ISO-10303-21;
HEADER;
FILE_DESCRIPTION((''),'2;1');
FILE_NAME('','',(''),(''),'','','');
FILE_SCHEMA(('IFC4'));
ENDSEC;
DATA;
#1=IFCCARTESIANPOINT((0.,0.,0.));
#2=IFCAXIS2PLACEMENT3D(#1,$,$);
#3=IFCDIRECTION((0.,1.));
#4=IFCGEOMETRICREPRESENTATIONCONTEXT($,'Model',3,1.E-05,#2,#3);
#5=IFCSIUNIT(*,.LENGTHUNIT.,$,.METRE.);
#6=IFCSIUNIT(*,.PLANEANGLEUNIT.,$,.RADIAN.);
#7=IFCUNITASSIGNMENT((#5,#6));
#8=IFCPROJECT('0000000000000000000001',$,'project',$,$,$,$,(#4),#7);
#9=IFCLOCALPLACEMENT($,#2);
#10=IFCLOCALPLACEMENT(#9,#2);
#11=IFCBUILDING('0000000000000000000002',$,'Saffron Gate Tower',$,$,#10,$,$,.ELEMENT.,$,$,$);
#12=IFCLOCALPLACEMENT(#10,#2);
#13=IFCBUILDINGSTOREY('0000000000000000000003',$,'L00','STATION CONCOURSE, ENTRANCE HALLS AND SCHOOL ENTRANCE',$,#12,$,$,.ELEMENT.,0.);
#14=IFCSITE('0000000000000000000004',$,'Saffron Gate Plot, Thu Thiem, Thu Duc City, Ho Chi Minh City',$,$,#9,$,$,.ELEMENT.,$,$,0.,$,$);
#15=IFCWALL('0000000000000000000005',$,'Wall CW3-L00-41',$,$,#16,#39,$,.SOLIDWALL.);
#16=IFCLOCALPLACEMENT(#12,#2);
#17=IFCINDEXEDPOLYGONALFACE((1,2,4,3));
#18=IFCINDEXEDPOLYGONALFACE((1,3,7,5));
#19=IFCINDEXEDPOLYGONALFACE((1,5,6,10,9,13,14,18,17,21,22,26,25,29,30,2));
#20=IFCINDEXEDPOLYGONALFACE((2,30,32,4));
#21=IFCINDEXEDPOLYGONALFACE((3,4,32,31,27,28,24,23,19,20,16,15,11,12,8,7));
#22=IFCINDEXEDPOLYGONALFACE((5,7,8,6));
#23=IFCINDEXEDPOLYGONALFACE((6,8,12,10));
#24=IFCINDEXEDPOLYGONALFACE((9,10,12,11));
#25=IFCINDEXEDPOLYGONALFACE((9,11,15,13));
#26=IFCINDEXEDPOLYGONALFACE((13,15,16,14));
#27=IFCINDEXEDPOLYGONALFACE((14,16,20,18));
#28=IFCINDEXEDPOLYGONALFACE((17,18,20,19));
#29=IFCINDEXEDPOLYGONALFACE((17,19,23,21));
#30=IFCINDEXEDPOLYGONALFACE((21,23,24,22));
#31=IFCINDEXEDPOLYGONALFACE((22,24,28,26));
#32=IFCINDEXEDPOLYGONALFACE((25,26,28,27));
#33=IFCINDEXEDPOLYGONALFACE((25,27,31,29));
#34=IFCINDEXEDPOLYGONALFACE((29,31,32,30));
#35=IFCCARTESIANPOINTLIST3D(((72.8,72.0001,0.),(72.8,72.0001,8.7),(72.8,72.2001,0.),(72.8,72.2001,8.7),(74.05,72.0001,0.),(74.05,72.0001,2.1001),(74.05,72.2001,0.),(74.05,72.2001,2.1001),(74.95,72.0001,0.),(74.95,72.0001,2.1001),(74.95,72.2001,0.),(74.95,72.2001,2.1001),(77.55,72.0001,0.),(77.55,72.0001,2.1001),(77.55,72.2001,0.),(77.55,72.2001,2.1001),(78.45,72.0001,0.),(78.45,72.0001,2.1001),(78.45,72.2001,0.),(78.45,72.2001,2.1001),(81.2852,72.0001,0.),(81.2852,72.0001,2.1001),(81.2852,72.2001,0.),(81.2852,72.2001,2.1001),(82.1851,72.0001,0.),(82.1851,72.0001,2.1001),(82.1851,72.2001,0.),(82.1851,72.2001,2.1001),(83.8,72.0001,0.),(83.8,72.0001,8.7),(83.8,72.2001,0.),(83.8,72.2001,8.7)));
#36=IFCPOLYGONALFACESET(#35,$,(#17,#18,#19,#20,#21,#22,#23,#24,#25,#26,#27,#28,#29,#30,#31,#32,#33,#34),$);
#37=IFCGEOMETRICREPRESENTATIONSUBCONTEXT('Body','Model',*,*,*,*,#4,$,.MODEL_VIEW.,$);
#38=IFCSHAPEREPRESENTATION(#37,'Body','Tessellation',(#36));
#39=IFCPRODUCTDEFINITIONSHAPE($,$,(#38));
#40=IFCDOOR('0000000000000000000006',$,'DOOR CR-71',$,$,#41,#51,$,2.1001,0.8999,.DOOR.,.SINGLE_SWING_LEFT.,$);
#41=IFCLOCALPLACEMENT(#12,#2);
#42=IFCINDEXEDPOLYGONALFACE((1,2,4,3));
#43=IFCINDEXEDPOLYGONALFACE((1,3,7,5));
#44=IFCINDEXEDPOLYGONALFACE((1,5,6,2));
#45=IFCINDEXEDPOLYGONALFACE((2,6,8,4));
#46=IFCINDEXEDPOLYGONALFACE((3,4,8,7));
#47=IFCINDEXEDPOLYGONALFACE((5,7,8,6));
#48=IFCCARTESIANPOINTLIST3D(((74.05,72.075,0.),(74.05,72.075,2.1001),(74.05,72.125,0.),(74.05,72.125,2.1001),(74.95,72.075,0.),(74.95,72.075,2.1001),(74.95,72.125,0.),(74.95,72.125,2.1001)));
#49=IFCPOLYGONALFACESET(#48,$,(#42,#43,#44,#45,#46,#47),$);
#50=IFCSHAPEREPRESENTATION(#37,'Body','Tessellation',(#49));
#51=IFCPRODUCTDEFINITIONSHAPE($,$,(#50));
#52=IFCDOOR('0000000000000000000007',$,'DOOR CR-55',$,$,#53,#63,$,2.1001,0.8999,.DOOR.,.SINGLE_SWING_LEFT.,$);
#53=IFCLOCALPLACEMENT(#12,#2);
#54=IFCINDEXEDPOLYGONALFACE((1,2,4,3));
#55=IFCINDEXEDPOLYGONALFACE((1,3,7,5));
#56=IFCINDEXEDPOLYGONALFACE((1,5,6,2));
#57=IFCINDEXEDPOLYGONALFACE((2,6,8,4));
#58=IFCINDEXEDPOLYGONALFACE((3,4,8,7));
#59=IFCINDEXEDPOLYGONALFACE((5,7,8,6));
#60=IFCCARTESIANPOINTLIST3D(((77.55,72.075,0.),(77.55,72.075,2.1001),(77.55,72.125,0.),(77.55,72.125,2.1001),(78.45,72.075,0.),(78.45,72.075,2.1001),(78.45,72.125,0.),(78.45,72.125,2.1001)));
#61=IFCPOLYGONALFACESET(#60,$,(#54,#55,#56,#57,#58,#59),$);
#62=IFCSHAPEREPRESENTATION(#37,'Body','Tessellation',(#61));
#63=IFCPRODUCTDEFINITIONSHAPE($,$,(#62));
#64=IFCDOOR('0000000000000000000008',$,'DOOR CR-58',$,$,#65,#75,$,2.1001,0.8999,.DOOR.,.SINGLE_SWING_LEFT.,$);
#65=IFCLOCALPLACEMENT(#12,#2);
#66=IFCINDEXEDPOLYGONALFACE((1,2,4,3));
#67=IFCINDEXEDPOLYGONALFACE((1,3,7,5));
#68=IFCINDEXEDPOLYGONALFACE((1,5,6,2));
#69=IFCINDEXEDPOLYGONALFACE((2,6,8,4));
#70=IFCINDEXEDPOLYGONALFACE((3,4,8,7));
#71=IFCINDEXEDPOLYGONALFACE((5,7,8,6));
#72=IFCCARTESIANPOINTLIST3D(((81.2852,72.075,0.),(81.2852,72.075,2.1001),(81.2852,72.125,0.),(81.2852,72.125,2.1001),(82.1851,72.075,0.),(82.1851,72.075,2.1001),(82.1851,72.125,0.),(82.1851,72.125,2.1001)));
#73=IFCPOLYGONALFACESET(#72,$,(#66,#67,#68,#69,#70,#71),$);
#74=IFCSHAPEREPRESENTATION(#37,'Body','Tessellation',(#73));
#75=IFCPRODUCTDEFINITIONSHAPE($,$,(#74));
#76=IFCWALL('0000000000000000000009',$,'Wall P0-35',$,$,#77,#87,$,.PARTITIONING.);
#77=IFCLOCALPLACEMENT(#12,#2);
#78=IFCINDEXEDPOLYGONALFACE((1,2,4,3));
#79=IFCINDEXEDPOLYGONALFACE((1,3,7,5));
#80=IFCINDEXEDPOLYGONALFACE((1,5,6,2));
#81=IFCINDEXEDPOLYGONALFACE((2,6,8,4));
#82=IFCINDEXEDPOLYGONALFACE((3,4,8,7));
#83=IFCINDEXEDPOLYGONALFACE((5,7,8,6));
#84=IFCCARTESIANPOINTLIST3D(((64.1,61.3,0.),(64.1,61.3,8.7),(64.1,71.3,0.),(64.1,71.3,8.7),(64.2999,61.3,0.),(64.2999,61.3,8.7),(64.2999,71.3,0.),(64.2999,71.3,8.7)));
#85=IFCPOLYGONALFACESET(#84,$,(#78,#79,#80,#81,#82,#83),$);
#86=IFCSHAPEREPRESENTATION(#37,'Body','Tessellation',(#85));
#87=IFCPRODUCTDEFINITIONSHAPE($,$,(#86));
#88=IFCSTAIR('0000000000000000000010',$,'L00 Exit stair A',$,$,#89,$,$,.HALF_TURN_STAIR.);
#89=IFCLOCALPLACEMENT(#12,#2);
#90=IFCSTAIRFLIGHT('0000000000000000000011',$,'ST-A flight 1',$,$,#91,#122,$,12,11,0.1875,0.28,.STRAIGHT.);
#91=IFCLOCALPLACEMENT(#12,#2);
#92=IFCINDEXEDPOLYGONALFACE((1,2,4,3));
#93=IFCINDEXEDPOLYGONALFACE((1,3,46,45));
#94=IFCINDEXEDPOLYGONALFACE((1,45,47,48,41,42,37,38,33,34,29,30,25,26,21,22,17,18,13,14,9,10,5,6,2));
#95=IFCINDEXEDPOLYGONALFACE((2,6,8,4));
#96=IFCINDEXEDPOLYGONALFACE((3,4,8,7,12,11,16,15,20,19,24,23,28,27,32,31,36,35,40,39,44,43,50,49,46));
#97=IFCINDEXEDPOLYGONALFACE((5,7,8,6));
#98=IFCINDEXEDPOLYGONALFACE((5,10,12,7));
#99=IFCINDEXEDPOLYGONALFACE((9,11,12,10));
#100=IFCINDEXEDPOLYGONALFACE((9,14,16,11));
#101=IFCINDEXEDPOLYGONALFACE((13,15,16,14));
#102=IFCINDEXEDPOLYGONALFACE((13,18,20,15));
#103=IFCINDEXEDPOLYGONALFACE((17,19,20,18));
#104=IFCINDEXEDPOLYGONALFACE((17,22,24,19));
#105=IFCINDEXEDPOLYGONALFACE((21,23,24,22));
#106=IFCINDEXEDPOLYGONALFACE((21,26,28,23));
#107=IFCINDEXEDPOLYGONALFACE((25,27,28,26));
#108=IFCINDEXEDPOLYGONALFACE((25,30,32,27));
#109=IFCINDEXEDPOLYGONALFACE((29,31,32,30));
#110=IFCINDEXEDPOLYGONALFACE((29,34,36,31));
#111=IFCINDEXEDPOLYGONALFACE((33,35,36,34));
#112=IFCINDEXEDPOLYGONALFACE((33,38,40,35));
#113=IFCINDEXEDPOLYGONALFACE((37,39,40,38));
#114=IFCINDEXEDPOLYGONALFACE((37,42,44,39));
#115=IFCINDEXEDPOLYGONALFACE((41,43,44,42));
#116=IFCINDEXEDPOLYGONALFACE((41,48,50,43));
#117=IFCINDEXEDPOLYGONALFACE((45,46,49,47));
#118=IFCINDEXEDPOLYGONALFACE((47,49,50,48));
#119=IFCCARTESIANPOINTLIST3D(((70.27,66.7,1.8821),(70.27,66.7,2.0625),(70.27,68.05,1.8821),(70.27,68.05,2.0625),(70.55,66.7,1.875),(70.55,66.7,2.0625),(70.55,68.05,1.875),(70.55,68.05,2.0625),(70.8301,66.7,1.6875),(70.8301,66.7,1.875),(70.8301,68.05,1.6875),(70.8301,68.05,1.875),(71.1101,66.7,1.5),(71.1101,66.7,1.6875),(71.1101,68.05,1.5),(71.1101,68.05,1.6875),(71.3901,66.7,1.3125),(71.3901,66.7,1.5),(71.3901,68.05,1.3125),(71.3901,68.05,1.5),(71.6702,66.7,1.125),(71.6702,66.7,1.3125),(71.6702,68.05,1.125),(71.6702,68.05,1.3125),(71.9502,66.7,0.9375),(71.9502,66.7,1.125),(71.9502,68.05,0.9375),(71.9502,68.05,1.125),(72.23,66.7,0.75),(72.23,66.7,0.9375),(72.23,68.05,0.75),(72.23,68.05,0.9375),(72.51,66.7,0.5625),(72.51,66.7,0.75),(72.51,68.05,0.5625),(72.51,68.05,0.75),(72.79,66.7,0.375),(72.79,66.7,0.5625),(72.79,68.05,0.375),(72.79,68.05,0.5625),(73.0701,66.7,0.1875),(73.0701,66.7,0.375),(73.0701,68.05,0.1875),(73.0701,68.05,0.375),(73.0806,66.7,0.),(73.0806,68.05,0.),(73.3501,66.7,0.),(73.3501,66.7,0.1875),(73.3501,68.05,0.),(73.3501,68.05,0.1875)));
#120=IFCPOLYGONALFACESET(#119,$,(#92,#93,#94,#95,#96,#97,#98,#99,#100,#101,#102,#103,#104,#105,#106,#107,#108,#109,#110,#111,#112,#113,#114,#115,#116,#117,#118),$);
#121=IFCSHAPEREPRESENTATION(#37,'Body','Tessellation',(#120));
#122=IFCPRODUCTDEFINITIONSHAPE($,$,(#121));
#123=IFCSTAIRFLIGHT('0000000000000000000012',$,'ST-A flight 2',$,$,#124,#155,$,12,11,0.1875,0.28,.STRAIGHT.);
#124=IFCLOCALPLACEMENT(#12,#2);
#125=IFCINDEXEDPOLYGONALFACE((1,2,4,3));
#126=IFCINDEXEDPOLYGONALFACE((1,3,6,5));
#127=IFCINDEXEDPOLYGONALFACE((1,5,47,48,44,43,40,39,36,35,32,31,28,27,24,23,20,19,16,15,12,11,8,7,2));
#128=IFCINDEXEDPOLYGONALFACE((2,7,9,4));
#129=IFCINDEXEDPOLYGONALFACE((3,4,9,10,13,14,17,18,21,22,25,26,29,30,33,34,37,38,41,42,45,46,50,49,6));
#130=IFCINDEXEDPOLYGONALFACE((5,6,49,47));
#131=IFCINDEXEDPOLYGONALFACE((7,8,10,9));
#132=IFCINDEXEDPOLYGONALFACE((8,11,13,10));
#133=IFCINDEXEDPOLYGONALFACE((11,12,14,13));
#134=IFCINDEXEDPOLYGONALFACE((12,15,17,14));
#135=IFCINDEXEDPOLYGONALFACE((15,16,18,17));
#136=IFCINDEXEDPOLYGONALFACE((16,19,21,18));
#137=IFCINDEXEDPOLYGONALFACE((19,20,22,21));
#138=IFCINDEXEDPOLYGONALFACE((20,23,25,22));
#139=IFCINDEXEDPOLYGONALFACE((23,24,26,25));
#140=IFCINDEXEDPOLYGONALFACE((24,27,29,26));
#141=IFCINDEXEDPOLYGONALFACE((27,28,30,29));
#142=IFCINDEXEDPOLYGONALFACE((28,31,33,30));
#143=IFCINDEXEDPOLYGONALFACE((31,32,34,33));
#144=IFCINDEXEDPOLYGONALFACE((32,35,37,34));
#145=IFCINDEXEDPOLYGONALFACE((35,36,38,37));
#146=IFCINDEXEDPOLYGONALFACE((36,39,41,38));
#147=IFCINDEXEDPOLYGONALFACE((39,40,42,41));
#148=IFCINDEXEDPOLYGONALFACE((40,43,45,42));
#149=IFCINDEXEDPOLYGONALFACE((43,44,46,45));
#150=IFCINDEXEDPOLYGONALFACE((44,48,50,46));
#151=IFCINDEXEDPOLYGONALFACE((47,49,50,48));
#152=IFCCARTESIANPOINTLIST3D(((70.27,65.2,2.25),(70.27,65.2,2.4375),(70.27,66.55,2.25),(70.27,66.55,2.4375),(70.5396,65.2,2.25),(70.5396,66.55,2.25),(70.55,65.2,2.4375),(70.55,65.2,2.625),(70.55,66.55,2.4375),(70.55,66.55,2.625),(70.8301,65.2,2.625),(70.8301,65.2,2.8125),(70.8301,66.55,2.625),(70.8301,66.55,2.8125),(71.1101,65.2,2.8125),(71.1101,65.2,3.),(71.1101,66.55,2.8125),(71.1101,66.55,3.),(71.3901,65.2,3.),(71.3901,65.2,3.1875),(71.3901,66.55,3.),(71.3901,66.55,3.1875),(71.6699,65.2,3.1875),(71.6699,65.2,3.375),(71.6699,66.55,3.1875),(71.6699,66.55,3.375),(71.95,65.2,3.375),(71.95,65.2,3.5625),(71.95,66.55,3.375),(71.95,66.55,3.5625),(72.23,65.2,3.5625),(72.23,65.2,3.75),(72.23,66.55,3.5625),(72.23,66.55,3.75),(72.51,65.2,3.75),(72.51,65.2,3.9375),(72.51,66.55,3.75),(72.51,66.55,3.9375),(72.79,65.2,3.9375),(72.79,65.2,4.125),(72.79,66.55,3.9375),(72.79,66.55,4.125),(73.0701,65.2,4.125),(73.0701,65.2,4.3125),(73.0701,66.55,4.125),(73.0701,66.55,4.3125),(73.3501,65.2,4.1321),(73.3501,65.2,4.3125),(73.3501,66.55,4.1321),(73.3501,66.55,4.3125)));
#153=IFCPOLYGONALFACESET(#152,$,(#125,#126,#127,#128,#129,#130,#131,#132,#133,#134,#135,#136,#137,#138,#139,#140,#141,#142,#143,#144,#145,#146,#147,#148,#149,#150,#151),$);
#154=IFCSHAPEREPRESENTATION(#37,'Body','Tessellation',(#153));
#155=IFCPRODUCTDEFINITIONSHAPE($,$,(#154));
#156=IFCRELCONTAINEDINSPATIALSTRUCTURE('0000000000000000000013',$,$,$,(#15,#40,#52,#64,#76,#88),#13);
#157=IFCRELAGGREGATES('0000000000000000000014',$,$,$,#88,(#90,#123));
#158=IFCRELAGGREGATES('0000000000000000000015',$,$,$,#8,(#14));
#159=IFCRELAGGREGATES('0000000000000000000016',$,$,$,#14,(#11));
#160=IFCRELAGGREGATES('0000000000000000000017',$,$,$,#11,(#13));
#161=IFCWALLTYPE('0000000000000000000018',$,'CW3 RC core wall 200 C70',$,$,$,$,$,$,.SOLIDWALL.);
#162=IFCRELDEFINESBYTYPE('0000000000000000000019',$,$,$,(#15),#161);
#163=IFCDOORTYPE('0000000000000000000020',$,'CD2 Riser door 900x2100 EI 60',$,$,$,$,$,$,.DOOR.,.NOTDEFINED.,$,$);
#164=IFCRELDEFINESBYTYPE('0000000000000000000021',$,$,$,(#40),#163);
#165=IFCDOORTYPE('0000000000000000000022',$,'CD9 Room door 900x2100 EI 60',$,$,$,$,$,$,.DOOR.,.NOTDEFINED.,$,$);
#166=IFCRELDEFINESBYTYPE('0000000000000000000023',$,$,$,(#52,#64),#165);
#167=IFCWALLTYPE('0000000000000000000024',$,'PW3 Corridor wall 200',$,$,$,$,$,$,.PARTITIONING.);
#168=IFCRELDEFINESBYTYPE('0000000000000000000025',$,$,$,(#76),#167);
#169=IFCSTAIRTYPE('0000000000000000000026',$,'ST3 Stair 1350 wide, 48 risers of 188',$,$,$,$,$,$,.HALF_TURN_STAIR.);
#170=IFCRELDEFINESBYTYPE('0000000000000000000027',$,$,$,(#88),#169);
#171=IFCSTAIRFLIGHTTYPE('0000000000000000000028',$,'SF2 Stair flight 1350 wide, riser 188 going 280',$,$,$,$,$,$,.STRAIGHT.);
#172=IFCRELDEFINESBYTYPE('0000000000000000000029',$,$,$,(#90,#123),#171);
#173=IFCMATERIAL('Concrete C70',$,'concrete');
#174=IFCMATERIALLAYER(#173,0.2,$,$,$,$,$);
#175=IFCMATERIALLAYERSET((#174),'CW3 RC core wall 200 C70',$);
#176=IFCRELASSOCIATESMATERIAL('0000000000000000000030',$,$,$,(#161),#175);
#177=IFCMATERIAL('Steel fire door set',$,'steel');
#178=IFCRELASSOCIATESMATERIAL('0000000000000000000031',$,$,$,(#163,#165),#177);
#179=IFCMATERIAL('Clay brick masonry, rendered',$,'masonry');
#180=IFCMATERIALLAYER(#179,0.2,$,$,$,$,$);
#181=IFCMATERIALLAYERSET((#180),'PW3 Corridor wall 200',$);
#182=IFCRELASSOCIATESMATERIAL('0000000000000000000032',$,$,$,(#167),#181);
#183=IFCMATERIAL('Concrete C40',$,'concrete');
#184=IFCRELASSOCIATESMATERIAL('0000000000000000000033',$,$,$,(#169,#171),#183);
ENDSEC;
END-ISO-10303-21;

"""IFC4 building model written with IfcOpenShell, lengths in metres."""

from ifc_helpers import new_model, si_unit, direction, frame, frame_2d, origin, place, context, subcontext, project, spatial, polyline, rectangle, outline, extrude, material, layer, layer_set, type_object, element, fill, aggregate, save


model = new_model("IFC4")

# Units and contexts
model_context = context("Model", 3, precision=1e-05, world=origin(), true_north=direction((0.0, 1.0)))
body_context = subcontext(model_context, "Body", "Model", "MODEL_VIEW")
ifc_project = project(units=[si_unit("LENGTHUNIT", "METRE"), si_unit("PLANEANGLEUNIT", "RADIAN")], contexts=[model_context])

# Site, building, storey
site_placement = place(None, origin())
site = spatial("IfcSite", under=ifc_project, at=site_placement, Name="Saffron Gate Plot, Thu Thiem, Thu Duc City, Ho Chi Minh City", CompositionType="ELEMENT", RefElevation=0.0)
building_placement = place(site_placement, origin())
building = spatial("IfcBuilding", under=site, at=building_placement, Name="Saffron Gate Tower", CompositionType="ELEMENT")
storey_placement = place(building_placement, origin())
storey = spatial("IfcBuildingStorey", under=building, at=storey_placement, Name="L00", Description="STATION CONCOURSE, ENTRANCE HALLS AND SCHOOL ENTRANCE", CompositionType="ELEMENT", Elevation=0.0)

# Shared definitions
ifc_material_1 = material(Name="Concrete C70", Category="concrete")
ifc_material_2 = material(Name="Steel fire door set", Category="steel")
ifc_layer_1 = layer(ifc_material_1, 0.2)
ifc_layer_set_1 = layer_set([ifc_layer_1], Name="CW3 RC core wall 200 C70")
wall_type_1 = type_object("IfcWallType", Name="CW3 RC core wall 200 C70", PredefinedType="SOLIDWALL", material=ifc_layer_set_1)

# Wall, openings, doors
wall_1_placement = place(storey_placement, frame((72.8, 72.1001, 0.0), z_axis=(0.0, 0.0, 1.0), x_axis=(1.0, 0.0, 0.0)))
wall_1 = element("IfcWall", 1, at=wall_1_placement, inside=storey, type_object=wall_type_1, Name="Wall CW3-L00-41", PredefinedType="SOLIDWALL", context=body_context, shape_type="SweptSolid", body=[
    extrude(rectangle(XDim=11.0, YDim=0.2, at=frame_2d((5.5, 0.0))), origin(), (0.0, 0.0, 1.0), 8.7),
])
opening_1_placement = place(wall_1_placement, frame((1.25, 0.0, 0.0)))
opening_1 = element("IfcOpeningElement", 2, at=opening_1_placement, cuts=wall_1, PredefinedType="OPENING", context=body_context, shape_type="SweptSolid", body=[
    extrude(rectangle(XDim=0.8999, YDim=2.1001, at=frame_2d((0.45, 1.05))), frame((0.0, 0.1099, 0.0), z_axis=(0.0, -1.0, 0.0), x_axis=(1.0, 0.0, 0.0)), (0.0, 0.0, 1.0), 0.22),
])
opening_2_placement = place(wall_1_placement, frame((4.75, 0.0, 0.0)))
opening_2 = element("IfcOpeningElement", 3, at=opening_2_placement, cuts=wall_1, PredefinedType="OPENING", context=body_context, shape_type="SweptSolid", body=[
    extrude(rectangle(XDim=0.8999, YDim=2.1001, at=frame_2d((0.45, 1.05))), frame((0.0, 0.1099, 0.0), z_axis=(0.0, -1.0, 0.0), x_axis=(1.0, 0.0, 0.0)), (0.0, 0.0, 1.0), 0.22),
])
opening_3_placement = place(wall_1_placement, frame((8.4851, 0.0, 0.0)))
opening_3 = element("IfcOpeningElement", 4, at=opening_3_placement, cuts=wall_1, PredefinedType="OPENING", context=body_context, shape_type="SweptSolid", body=[
    extrude(rectangle(XDim=0.8999, YDim=2.1001, at=frame_2d((0.45, 1.05))), frame((0.0, 0.1099, 0.0), z_axis=(0.0, -1.0, 0.0), x_axis=(1.0, 0.0, 0.0)), (0.0, 0.0, 1.0), 0.22),
])
door_type_1 = type_object("IfcDoorType", Name="CD2 Riser door 900x2100 EI 60", OperationType="NOTDEFINED", PredefinedType="DOOR", material=ifc_material_2)
door_1_placement = place(opening_1_placement, origin())
door_1 = element("IfcDoor", 5, at=door_1_placement, inside=storey, type_object=door_type_1, Name="DOOR CR-71", OperationType="SINGLE_SWING_LEFT", OverallHeight=2.1001, OverallWidth=0.8999, PredefinedType="DOOR", context=body_context, shape_type="SweptSolid", body=[
    extrude(rectangle(XDim=0.8999, YDim=2.1001, at=frame_2d((0.45, 1.05))), frame((0.0, 0.0249, 0.0), z_axis=(0.0, -1.0, 0.0), x_axis=(1.0, 0.0, 0.0)), (0.0, 0.0, 1.0), 0.05),
])
fill(opening_1, door_1)
door_type_2 = type_object("IfcDoorType", Name="CD9 Room door 900x2100 EI 60", OperationType="NOTDEFINED", PredefinedType="DOOR", material=ifc_material_2)
door_2_placement = place(opening_2_placement, origin())
door_2 = element("IfcDoor", 6, at=door_2_placement, inside=storey, type_object=door_type_2, Name="DOOR CR-55", OperationType="SINGLE_SWING_LEFT", OverallHeight=2.1001, OverallWidth=0.8999, PredefinedType="DOOR", context=body_context, shape_type="SweptSolid", body=[
    extrude(rectangle(XDim=0.8999, YDim=2.1001, at=frame_2d((0.45, 1.05))), frame((0.0, 0.0249, 0.0), z_axis=(0.0, -1.0, 0.0), x_axis=(1.0, 0.0, 0.0)), (0.0, 0.0, 1.0), 0.05),
])
fill(opening_2, door_2)
door_3_placement = place(opening_3_placement, origin())
door_3 = element("IfcDoor", 7, at=door_3_placement, inside=storey, type_object=door_type_2, Name="DOOR CR-58", OperationType="SINGLE_SWING_LEFT", OverallHeight=2.1001, OverallWidth=0.8999, PredefinedType="DOOR", context=body_context, shape_type="SweptSolid", body=[
    extrude(rectangle(XDim=0.8999, YDim=2.1001, at=frame_2d((0.45, 1.05))), frame((0.0, 0.0249, 0.0), z_axis=(0.0, -1.0, 0.0), x_axis=(1.0, 0.0, 0.0)), (0.0, 0.0, 1.0), 0.05),
])
fill(opening_3, door_3)

# Wall
ifc_material_3 = material(Name="Clay brick masonry, rendered", Category="masonry")
ifc_layer_2 = layer(ifc_material_3, 0.2)
ifc_layer_set_2 = layer_set([ifc_layer_2], Name="PW3 Corridor wall 200")
wall_type_2 = type_object("IfcWallType", Name="PW3 Corridor wall 200", PredefinedType="PARTITIONING", material=ifc_layer_set_2)
wall_2_placement = place(storey_placement, frame((64.2, 71.3, 0.0), z_axis=(0.0, 0.0, 1.0), x_axis=(0.0, -1.0, 0.0)))
element("IfcWall", 8, at=wall_2_placement, inside=storey, type_object=wall_type_2, Name="Wall P0-35", PredefinedType="PARTITIONING", context=body_context, shape_type="SweptSolid", body=[
    extrude(rectangle(XDim=10.0, YDim=0.2, at=frame_2d((5.0, 0.0))), origin(), (0.0, 0.0, 1.0), 8.7),
])

# Stair, stair flights
ifc_material_4 = material(Name="Concrete C40", Category="concrete")
stair_type = type_object("IfcStairType", Name="ST3 Stair 1350 wide, 48 risers of 188", PredefinedType="HALF_TURN_STAIR", material=ifc_material_4)
stair_placement = place(storey_placement, origin())
stair = element("IfcStair", 9, at=stair_placement, inside=storey, type_object=stair_type, Name="L00 Exit stair A", PredefinedType="HALF_TURN_STAIR")
stair_flight_type = type_object("IfcStairFlightType", Name="SF2 Stair flight 1350 wide, riser 188 going 280", PredefinedType="STRAIGHT", material=ifc_material_4)
stair_flight_1_placement = place(storey_placement, frame((73.3501, 67.375, 0.0), z_axis=(0.0, 0.0, 1.0), x_axis=(-1.0, 0.0, 0.0)))
stair_flight_1 = element("IfcStairFlight", 10, at=stair_flight_1_placement, type_object=stair_flight_type, Name="ST-A flight 1", NumberOfRisers=12, NumberOfTreads=11, PredefinedType="STRAIGHT", RiserHeight=0.1875, TreadLength=0.28, context=body_context, shape_type="SweptSolid", body=[
    extrude(outline(polyline([(0.0, 0.0), (0.0, 0.1875), (0.28, 0.1875), (0.28, 0.375), (0.5601, 0.375), (0.5601, 0.5625), (0.8401, 0.5625), (0.8401, 0.75), (1.1201, 0.75), (1.1201, 0.9375), (1.3999, 0.9375), (1.3999, 1.125), (1.6799, 1.125), (1.6799, 1.3125), (1.96, 1.3125), (1.96, 1.5), (2.24, 1.5), (2.24, 1.6875), (2.52, 1.6875), (2.52, 1.875), (2.8, 1.875), (2.8, 2.0625), (3.0801, 2.0625), (3.0801, 2.25), (3.0801, 1.8821), (0.2695, 0.0), (0.0, 0.0)])), frame((0.0, 0.675, 0.0), z_axis=(0.0, -1.0, 0.0), x_axis=(1.0, 0.0, 0.0)), (0.0, 0.0, 1.0), 1.3501),
])
stair_flight_2_placement = place(storey_placement, frame((70.27, 65.875, 2.25), z_axis=(0.0, 0.0, 1.0), x_axis=(1.0, 0.0, 0.0)))
stair_flight_2 = element("IfcStairFlight", 11, at=stair_flight_2_placement, type_object=stair_flight_type, Name="ST-A flight 2", NumberOfRisers=12, NumberOfTreads=11, PredefinedType="STRAIGHT", RiserHeight=0.1875, TreadLength=0.28, context=body_context, shape_type="SweptSolid", body=[
    extrude(outline(polyline([(0.0, 0.0), (0.0, 0.1875), (0.28, 0.1875), (0.28, 0.375), (0.5601, 0.375), (0.5601, 0.5625), (0.8401, 0.5625), (0.8401, 0.75), (1.1201, 0.75), (1.1201, 0.9375), (1.3999, 0.9375), (1.3999, 1.125), (1.6799, 1.125), (1.6799, 1.3125), (1.96, 1.3125), (1.96, 1.5), (2.24, 1.5), (2.24, 1.6875), (2.52, 1.6875), (2.52, 1.875), (2.8, 1.875), (2.8, 2.0625), (3.0801, 2.0625), (3.0801, 2.25), (3.0801, 1.8821), (0.2695, 0.0), (0.0, 0.0)])), frame((0.0, 0.675, 0.0), z_axis=(0.0, -1.0, 0.0), x_axis=(1.0, 0.0, 0.0)), (0.0, 0.0, 1.0), 1.3501),
])
aggregate(stair, [stair_flight_1, stair_flight_2])

save(model, "model.ifc")
